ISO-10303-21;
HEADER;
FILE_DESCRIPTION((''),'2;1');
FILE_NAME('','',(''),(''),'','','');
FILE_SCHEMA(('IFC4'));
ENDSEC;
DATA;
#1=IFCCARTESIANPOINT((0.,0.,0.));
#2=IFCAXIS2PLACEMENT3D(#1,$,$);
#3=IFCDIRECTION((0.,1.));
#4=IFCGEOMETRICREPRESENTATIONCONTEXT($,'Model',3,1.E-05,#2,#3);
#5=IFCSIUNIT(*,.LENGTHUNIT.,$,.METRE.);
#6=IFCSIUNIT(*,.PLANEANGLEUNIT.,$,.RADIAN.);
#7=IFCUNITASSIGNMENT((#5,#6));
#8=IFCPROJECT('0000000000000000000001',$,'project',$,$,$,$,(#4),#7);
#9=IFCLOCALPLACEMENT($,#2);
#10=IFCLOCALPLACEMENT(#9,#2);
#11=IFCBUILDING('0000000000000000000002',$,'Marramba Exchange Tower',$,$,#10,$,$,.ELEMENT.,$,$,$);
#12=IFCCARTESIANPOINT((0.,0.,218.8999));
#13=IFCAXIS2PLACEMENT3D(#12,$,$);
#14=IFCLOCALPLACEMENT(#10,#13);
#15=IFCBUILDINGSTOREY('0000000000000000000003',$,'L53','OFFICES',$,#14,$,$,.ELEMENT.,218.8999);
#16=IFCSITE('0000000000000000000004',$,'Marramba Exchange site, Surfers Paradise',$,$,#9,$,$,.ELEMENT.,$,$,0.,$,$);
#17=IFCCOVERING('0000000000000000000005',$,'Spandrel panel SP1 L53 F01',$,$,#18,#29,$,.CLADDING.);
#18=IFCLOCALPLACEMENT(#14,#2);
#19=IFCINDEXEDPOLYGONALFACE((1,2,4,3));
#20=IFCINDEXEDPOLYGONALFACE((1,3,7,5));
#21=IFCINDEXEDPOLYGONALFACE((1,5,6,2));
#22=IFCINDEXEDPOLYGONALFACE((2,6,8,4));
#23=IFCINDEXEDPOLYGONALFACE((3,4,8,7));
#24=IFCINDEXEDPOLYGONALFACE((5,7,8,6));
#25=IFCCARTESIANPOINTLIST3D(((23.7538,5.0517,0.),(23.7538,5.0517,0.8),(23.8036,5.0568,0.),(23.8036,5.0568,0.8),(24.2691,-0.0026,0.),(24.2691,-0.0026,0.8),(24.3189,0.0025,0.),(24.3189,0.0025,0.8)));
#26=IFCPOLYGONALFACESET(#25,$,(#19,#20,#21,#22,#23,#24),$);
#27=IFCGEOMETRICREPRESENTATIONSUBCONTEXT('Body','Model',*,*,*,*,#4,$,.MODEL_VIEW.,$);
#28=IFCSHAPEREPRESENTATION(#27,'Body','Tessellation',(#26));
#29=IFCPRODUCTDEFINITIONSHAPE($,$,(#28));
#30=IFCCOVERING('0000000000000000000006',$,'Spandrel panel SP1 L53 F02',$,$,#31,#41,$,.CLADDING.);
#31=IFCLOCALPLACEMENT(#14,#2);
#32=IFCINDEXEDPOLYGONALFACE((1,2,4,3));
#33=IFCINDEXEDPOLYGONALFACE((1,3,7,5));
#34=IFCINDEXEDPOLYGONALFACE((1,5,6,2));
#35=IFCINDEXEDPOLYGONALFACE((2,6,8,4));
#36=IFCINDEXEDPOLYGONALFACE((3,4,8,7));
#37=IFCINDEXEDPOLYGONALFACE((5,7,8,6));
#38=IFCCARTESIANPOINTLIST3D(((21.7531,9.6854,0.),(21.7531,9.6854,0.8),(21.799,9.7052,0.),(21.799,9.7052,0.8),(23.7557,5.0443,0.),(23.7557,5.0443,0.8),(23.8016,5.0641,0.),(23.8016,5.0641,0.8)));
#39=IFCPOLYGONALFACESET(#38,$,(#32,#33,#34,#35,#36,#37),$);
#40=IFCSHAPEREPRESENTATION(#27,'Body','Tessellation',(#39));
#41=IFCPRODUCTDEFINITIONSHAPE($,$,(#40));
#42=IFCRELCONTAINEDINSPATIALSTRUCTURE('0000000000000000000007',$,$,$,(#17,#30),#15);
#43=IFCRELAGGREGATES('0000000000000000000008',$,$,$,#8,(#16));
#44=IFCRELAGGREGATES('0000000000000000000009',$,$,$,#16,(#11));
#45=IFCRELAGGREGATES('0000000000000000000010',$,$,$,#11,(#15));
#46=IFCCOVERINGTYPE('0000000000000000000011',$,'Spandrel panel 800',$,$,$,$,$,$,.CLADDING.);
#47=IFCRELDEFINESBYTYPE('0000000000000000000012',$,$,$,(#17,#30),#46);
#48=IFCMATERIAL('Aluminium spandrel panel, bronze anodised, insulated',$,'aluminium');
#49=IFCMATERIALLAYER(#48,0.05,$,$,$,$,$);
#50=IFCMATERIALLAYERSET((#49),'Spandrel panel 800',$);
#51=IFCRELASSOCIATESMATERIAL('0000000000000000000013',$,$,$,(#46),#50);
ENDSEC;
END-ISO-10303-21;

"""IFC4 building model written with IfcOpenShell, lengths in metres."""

from ifc_helpers import new_model, si_unit, direction, frame, origin, origin_2d, place, context, subcontext, project, spatial, rectangle, extrude, material, layer, layer_set, type_object, element, save


model = new_model("IFC4")

# Units and contexts
model_context = context("Model", 3, precision=1e-05, world=origin(), true_north=direction((0.0, 1.0)))
body_context = subcontext(model_context, "Body", "Model", "MODEL_VIEW")
ifc_project = project(units=[si_unit("LENGTHUNIT", "METRE"), si_unit("PLANEANGLEUNIT", "RADIAN")], contexts=[model_context])

# Site, building, storey
site_placement = place(None, origin())
site = spatial("IfcSite", under=ifc_project, at=site_placement, Name="Marramba Exchange site, Surfers Paradise", CompositionType="ELEMENT", RefElevation=0.0)
building_placement = place(site_placement, origin())
building = spatial("IfcBuilding", under=site, at=building_placement, Name="Marramba Exchange Tower", CompositionType="ELEMENT")
storey_placement = place(building_placement, frame((0.0, 0.0, 218.8999)))
storey = spatial("IfcBuildingStorey", under=building, at=storey_placement, Name="L53", Description="OFFICES", CompositionType="ELEMENT", Elevation=218.8999)

# Coverings
ifc_material_1 = material(Name="Aluminium spandrel panel, bronze anodised, insulated", Category="aluminium")
ifc_layer_1 = layer(ifc_material_1, 0.05)
ifc_layer_set_1 = layer_set([ifc_layer_1], Name="Spandrel panel 800")
covering_type = type_object("IfcCoveringType", Name="Spandrel panel 800", PredefinedType="CLADDING", material=ifc_layer_set_1)
covering_1_placement = place(storey_placement, frame((24.0364, 2.5271, 0.0), z_axis=(0.0, 0.0, 1.0), x_axis=(-0.101422, 0.994843, 0.0)))
element("IfcCovering", 1, at=covering_1_placement, inside=storey, type_object=covering_type, Name="Spandrel panel SP1 L53 F01", PredefinedType="CLADDING", context=body_context, shape_type="SweptSolid", body=[
    extrude(rectangle(XDim=5.0806, YDim=0.05, at=origin_2d()), origin(), (0.0, 0.0, 1.0), 0.8),
])
covering_2_placement = place(storey_placement, frame((22.7773, 7.3748, 0.0), z_axis=(0.0, 0.0, 1.0), x_axis=(-0.396193, 0.918167, 0.0)))
element("IfcCovering", 2, at=covering_2_placement, inside=storey, type_object=covering_type, Name="Spandrel panel SP1 L53 F02", PredefinedType="CLADDING", context=body_context, shape_type="SweptSolid", body=[
    extrude(rectangle(XDim=5.0547, YDim=0.05, at=origin_2d()), origin(), (0.0, 0.0, 1.0), 0.8),
])

save(model, "model.ifc")
